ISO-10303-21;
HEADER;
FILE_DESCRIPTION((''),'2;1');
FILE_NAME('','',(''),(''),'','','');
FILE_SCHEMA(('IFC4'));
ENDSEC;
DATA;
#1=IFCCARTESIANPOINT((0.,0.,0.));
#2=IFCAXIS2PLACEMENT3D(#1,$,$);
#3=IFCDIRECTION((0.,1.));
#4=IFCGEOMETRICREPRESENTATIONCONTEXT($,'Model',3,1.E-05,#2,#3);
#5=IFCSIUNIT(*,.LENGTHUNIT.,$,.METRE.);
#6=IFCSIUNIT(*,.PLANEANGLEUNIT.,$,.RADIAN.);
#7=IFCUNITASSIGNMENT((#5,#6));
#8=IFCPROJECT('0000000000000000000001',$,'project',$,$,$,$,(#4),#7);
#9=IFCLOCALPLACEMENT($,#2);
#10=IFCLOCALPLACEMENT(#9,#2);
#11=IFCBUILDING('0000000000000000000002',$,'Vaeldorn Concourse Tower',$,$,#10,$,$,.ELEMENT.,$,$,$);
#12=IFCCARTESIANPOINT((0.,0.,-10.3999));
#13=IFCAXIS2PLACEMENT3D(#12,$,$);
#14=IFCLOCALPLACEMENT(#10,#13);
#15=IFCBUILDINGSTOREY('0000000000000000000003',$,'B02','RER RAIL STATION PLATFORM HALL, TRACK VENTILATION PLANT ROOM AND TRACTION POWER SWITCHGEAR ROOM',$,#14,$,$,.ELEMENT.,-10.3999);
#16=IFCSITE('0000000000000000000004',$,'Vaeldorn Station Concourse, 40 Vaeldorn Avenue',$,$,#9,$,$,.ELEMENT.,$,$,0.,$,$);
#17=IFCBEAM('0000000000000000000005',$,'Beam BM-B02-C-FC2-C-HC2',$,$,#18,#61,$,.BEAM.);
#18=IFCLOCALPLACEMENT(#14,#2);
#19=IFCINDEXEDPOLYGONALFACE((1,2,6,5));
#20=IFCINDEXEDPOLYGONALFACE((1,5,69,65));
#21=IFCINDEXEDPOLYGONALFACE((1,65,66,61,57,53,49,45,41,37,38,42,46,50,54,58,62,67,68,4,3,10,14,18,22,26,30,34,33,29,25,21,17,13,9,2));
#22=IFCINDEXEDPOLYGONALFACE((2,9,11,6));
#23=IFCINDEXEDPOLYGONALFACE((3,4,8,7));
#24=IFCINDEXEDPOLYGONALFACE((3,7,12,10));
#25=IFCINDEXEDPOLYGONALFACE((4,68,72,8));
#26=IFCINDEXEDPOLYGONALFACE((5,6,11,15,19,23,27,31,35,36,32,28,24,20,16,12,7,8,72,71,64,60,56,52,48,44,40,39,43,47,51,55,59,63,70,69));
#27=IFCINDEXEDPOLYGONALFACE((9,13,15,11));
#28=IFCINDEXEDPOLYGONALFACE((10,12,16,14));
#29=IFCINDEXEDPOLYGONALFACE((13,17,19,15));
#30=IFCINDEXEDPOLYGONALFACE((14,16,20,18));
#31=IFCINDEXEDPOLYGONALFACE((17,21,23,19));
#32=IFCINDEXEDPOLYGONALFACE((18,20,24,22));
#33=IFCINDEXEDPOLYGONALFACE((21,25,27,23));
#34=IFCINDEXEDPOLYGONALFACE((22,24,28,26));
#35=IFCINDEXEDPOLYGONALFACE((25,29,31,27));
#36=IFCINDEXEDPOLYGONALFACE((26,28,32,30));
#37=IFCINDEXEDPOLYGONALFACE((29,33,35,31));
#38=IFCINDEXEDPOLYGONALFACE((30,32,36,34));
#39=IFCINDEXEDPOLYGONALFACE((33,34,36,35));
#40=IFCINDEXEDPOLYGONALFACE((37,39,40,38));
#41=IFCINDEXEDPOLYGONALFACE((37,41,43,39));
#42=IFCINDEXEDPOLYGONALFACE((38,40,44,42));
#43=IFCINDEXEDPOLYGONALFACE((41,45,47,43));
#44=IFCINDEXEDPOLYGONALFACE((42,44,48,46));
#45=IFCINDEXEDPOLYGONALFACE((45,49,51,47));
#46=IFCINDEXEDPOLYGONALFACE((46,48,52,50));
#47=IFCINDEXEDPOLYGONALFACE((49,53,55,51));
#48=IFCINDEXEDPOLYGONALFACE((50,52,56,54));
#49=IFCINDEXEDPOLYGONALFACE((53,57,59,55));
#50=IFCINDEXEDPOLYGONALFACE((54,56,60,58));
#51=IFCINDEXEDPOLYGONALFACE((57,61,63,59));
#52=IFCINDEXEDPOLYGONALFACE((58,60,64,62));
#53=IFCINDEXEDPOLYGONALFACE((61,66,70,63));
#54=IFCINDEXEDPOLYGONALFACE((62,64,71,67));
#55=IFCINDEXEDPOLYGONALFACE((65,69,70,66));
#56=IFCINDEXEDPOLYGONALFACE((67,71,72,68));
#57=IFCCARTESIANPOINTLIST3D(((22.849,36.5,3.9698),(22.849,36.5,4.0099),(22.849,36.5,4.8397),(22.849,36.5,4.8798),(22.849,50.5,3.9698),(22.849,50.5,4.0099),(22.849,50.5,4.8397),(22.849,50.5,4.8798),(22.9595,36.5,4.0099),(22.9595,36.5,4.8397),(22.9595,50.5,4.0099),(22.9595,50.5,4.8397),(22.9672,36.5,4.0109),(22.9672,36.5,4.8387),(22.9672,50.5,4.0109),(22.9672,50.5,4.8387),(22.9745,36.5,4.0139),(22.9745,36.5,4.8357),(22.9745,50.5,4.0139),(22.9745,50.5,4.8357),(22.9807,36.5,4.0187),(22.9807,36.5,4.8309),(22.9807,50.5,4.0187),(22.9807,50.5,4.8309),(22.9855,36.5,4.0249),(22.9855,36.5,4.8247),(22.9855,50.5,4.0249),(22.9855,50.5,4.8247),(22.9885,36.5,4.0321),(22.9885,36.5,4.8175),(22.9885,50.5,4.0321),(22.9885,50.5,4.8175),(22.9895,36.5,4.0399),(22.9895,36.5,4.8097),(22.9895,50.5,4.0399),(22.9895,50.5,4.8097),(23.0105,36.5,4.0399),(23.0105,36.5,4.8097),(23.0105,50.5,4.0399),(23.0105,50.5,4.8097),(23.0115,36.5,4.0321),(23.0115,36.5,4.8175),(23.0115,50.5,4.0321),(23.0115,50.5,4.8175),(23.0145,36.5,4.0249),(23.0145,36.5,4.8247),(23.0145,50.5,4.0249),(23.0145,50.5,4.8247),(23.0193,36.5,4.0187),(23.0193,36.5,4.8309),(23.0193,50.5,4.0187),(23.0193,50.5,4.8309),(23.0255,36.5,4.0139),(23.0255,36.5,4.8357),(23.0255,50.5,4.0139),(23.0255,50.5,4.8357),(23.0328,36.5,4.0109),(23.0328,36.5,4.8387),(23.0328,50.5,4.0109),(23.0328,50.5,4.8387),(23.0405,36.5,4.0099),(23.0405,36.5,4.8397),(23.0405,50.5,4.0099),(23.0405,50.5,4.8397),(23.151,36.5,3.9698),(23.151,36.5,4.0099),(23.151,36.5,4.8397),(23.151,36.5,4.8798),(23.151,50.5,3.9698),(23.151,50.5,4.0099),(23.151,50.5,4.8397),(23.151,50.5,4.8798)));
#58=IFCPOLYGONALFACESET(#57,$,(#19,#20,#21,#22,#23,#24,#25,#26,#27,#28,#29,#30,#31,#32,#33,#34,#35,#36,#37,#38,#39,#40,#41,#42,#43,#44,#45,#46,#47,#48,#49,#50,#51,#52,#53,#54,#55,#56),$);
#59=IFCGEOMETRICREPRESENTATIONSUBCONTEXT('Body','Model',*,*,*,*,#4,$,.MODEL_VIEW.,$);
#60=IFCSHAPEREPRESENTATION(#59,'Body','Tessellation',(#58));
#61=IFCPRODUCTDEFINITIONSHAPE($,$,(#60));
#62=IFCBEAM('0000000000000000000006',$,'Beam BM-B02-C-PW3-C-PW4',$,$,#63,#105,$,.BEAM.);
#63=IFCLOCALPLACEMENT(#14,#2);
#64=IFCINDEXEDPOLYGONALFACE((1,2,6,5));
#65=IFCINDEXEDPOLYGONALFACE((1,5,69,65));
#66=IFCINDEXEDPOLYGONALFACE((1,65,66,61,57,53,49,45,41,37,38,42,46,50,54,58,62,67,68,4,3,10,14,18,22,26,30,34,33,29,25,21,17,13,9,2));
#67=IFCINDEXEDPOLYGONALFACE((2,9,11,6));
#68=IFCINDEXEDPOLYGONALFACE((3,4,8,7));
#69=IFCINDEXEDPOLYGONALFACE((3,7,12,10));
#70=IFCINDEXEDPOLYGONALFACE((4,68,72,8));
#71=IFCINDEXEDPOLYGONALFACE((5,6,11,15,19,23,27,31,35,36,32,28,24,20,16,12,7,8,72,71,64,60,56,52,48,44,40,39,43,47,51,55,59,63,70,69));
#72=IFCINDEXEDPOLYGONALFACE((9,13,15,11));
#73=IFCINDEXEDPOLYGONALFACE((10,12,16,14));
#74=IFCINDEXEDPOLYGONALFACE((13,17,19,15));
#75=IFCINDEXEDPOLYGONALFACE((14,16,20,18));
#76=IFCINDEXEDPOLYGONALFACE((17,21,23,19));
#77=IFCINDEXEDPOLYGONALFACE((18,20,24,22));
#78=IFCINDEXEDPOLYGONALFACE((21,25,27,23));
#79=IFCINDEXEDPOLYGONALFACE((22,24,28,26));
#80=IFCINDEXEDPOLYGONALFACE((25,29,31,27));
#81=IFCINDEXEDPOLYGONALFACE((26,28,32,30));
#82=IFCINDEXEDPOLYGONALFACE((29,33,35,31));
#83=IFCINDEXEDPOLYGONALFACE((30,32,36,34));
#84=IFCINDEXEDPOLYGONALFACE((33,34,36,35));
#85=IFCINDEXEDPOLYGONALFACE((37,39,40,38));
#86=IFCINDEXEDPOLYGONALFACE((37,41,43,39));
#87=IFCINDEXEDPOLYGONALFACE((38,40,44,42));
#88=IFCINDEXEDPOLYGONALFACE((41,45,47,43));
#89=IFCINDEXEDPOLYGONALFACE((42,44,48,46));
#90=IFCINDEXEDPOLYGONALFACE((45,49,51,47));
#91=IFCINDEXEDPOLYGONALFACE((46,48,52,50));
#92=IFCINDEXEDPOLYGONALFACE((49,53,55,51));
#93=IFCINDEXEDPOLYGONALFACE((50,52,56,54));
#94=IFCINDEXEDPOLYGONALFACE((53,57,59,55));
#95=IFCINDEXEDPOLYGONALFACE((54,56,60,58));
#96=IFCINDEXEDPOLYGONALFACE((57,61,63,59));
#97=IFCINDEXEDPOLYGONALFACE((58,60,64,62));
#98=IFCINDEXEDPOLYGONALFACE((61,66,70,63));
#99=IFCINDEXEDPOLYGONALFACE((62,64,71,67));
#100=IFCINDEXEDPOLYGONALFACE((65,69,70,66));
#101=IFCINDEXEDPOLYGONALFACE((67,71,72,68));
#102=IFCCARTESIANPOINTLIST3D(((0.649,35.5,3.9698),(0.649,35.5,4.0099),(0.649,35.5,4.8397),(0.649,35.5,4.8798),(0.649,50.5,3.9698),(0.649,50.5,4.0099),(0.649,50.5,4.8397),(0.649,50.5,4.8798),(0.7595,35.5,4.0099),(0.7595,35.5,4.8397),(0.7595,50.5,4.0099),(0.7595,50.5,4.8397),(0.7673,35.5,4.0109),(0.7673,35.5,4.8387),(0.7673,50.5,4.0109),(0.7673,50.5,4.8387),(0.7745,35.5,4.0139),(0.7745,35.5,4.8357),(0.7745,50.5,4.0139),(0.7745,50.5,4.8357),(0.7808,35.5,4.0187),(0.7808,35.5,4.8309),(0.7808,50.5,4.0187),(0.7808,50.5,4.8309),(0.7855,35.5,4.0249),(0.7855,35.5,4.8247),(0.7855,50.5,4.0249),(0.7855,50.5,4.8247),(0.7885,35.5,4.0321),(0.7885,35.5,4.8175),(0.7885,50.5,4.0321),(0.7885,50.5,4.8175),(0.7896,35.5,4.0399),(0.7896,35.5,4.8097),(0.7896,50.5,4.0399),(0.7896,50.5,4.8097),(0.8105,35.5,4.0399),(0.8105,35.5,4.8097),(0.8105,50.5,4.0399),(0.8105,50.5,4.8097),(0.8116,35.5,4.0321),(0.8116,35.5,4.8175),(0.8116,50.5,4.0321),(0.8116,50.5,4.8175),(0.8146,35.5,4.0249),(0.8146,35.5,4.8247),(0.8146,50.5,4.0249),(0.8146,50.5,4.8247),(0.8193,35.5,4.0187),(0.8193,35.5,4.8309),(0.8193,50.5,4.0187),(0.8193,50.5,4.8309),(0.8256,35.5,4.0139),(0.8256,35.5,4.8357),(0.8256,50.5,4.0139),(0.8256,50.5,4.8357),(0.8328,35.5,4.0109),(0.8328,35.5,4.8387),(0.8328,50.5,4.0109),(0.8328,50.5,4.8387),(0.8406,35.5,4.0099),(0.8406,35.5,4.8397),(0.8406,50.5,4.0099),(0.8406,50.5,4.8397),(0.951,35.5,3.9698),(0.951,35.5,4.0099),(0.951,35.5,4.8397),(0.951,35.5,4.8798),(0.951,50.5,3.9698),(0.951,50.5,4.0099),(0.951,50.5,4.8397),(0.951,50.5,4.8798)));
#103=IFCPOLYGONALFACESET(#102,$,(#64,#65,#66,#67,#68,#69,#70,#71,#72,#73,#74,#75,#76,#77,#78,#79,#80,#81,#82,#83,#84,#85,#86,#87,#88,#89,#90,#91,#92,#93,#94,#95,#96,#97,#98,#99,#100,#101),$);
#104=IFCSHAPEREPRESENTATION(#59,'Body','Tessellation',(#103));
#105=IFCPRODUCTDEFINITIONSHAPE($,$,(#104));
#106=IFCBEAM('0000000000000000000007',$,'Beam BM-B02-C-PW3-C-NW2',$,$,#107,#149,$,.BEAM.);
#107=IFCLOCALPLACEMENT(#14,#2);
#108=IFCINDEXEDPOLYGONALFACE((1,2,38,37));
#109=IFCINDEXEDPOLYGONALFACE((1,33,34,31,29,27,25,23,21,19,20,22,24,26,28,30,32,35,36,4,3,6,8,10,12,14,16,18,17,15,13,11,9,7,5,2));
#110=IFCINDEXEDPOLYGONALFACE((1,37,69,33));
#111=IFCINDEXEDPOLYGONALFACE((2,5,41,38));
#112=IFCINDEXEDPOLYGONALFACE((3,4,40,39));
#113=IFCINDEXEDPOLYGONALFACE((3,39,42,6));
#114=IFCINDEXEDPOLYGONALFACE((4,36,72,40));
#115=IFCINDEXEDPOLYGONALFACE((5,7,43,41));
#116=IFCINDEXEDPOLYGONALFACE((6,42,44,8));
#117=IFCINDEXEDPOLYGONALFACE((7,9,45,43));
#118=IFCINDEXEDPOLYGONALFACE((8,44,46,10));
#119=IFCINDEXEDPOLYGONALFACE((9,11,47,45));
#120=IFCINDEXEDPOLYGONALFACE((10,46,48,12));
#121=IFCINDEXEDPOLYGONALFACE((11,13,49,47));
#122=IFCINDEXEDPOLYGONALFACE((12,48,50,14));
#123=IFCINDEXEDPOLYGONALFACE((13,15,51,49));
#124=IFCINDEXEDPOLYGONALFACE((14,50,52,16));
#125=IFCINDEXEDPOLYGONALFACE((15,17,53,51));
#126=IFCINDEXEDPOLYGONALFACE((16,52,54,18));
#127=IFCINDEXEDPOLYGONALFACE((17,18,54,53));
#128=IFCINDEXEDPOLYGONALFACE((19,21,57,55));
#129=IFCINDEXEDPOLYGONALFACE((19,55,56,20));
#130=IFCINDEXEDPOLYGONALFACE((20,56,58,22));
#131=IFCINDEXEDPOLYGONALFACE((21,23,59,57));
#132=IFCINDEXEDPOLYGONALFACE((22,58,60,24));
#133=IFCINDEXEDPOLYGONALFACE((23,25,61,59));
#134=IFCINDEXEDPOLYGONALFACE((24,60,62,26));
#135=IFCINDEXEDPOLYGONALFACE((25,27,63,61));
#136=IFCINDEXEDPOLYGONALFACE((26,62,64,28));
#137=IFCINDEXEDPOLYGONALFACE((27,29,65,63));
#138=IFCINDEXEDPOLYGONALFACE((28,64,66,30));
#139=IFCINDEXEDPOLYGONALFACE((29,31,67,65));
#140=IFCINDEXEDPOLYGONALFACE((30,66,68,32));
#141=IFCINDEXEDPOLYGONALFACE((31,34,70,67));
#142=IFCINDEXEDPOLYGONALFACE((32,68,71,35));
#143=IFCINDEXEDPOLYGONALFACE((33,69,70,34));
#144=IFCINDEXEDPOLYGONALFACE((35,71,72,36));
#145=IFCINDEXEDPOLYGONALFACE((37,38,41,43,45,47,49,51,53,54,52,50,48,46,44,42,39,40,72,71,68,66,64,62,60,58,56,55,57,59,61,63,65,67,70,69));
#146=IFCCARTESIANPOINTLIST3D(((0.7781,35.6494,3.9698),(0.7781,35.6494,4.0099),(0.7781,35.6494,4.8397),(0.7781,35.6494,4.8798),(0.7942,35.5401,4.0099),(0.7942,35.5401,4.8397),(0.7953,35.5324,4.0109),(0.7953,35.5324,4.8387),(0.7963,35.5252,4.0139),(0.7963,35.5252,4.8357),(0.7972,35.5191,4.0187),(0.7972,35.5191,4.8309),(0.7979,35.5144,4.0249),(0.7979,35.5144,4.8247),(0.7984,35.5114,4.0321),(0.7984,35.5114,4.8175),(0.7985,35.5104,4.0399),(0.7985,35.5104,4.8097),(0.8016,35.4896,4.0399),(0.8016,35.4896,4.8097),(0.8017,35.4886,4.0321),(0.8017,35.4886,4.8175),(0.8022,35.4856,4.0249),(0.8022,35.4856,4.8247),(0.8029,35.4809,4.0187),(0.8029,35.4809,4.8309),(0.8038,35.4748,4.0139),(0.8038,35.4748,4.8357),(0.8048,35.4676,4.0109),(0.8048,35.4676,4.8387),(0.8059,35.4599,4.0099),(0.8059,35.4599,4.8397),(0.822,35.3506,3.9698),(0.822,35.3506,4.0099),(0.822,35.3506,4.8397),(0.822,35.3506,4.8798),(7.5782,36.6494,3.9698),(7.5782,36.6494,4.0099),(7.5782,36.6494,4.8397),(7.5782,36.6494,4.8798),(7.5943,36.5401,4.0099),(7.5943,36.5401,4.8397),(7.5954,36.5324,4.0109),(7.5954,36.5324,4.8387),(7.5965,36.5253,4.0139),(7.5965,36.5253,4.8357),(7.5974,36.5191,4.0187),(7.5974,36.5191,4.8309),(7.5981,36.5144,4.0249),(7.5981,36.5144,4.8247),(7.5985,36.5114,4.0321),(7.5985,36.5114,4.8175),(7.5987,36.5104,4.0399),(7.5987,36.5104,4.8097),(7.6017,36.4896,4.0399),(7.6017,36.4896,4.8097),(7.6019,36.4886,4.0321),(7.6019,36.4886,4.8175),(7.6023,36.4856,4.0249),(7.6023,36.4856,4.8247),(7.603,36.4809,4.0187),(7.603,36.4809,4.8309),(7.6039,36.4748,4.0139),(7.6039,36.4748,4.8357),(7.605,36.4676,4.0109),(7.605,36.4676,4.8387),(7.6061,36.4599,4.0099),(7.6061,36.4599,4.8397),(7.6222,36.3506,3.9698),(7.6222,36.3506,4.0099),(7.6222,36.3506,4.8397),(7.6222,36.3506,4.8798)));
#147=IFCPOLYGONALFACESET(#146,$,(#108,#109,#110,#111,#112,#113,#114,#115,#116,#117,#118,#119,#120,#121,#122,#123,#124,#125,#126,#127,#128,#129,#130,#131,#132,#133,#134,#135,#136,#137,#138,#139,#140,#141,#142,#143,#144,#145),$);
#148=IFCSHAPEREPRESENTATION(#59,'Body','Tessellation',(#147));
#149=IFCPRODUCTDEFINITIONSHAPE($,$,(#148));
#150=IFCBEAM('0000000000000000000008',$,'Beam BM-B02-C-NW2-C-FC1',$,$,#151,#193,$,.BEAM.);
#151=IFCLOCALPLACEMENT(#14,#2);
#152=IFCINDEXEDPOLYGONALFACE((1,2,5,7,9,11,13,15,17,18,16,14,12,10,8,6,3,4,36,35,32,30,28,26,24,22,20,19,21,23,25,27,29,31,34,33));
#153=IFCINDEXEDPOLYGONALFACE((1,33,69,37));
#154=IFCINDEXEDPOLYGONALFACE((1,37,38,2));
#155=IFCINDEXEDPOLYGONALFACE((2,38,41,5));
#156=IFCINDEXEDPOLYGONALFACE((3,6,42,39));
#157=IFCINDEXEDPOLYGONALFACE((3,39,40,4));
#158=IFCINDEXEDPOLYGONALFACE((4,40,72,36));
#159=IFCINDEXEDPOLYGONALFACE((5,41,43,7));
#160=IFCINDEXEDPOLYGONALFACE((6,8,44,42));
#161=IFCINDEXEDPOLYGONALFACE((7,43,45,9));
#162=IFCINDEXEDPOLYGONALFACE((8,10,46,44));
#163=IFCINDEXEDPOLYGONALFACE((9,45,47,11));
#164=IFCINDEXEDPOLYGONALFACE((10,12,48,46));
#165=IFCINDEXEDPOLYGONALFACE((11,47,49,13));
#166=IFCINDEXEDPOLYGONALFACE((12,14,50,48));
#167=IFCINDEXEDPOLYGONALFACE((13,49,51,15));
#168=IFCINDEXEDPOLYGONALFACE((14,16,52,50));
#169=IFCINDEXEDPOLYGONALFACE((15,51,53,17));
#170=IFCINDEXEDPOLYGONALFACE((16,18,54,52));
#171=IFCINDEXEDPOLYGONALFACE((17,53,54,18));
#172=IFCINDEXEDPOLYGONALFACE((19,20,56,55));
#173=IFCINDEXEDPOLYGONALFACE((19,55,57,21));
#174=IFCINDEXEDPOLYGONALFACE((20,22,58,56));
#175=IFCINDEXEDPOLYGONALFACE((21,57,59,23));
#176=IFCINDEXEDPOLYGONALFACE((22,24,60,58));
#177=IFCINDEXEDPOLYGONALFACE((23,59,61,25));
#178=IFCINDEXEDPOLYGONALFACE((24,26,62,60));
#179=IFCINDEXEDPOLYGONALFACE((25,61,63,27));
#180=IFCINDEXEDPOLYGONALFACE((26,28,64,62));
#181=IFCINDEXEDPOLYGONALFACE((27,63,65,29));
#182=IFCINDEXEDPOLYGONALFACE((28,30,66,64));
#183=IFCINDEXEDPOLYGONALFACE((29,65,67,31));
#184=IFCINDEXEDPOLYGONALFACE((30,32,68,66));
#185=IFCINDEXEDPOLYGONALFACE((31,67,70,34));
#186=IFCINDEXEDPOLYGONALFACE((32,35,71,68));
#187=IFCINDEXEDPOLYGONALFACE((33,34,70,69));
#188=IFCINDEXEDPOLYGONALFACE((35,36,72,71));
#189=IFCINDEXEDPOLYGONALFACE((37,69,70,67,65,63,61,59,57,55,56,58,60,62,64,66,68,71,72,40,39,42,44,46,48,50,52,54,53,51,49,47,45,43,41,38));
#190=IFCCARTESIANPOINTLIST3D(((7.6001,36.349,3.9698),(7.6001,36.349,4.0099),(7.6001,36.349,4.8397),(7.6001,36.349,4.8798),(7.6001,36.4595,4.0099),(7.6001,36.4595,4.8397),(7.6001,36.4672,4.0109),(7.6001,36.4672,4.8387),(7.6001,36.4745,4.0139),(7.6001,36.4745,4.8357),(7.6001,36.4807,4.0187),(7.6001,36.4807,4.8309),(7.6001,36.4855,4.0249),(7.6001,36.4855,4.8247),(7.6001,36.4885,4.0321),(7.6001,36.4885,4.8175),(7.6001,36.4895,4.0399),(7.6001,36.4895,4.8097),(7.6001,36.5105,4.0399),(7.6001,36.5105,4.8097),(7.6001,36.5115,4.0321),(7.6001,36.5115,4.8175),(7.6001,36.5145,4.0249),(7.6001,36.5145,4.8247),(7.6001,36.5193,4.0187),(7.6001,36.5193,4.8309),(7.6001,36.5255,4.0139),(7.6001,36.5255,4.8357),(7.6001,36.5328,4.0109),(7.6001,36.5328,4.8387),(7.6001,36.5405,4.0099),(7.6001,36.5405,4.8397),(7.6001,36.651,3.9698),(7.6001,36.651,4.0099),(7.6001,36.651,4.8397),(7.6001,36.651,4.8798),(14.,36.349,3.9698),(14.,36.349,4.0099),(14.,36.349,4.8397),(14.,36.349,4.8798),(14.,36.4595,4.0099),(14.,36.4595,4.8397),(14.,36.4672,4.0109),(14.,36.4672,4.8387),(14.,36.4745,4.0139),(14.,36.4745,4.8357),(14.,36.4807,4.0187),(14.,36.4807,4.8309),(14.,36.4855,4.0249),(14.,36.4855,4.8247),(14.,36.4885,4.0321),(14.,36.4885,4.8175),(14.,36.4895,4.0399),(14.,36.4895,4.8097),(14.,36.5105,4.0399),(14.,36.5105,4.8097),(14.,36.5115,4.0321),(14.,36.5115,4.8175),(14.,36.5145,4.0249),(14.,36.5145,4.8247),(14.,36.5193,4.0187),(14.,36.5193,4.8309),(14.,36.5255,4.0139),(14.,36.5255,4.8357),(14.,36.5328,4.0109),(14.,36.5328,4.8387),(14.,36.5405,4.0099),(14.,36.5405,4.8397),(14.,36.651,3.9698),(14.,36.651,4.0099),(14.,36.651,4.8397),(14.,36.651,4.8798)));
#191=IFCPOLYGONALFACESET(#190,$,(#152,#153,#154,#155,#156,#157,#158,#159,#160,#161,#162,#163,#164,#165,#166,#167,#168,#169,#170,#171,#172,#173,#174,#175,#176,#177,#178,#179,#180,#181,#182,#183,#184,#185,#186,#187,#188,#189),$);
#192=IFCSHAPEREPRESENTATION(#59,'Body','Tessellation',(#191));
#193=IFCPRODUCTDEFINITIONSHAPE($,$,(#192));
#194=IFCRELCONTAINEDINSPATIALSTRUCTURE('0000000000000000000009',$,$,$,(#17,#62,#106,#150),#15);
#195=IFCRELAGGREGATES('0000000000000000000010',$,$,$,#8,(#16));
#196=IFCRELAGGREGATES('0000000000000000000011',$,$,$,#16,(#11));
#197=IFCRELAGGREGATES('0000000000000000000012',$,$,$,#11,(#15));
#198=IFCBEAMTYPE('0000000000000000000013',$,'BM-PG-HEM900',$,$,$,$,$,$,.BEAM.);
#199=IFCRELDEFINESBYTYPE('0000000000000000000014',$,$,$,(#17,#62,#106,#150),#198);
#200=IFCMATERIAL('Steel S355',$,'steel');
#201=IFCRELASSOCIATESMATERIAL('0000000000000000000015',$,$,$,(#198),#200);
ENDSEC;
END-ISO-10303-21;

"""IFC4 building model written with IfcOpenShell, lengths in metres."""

from ifc_helpers import new_model, si_unit, direction, frame, origin, origin_2d, place, context, subcontext, project, spatial, i_section, extrude, source, transform, mapped, material, material_profile, profile_set, type_object, element, save


model = new_model("IFC4")

# Units and contexts
model_context = context("Model", 3, precision=1e-05, world=origin(), true_north=direction((0.0, 1.0)))
body_context = subcontext(model_context, "Body", "Model", "MODEL_VIEW")
ifc_project = project(units=[si_unit("LENGTHUNIT", "METRE"), si_unit("PLANEANGLEUNIT", "RADIAN")], contexts=[model_context])

# Site, building, storey
site_placement = place(None, origin())
site = spatial("IfcSite", under=ifc_project, at=site_placement, Name="Vaeldorn Station Concourse, 40 Vaeldorn Avenue", CompositionType="ELEMENT", RefElevation=0.0)
building_placement = place(site_placement, origin())
building = spatial("IfcBuilding", under=site, at=building_placement, Name="Vaeldorn Concourse Tower", CompositionType="ELEMENT")
storey_placement = place(building_placement, frame((0.0, 0.0, -10.3999)))
storey = spatial("IfcBuildingStorey", under=building, at=storey_placement, Name="B02", Description="RER RAIL STATION PLATFORM HALL, TRACK VENTILATION PLANT ROOM AND TRACTION POWER SWITCHGEAR ROOM", CompositionType="ELEMENT", Elevation=-10.3999)

# Beams
ifc_material_1 = material(Name="Steel S355", Category="steel")
ifc_material_profile_1 = material_profile(ifc_material_1, i_section(OverallWidth=0.302, OverallDepth=0.9099, WebThickness=0.021, FlangeThickness=0.04, FilletRadius=0.03, at=origin_2d()), Name="HEM 900")
ifc_profile_set_1 = profile_set([ifc_material_profile_1], Name="Steel S355")
beam_type_1 = type_object("IfcBeamType", Name="BM-PG-HEM900", PredefinedType="BEAM", material=ifc_profile_set_1)
shared_shape_1 = source(origin(), body_context, "Body", "SweptSolid", [
    extrude(i_section(OverallWidth=0.302, OverallDepth=0.9099, WebThickness=0.021, FlangeThickness=0.04, FilletRadius=0.03, at=origin_2d()), origin(), (0.0, 0.0, 1.0), 14.0),
])
for number, where, z_axis, x_axis, name in (
    (1, (23.0, 36.5, 4.4248), (0.0, 1.0, 0.0), (-1.0, 0.0, 0.0), "Beam BM-B02-C-FC2-C-HC2"),
):
    element("IfcBeam", number, at=place(storey_placement, frame(where, z_axis=z_axis, x_axis=x_axis)), inside=storey, type_object=beam_type_1, Name=name, PredefinedType="BEAM", context=body_context, shape_type="MappedRepresentation", body=[
        mapped(shared_shape_1, transform((0.0, 0.0, 0.0), scale=1.0)),
    ])
shared_shape_2 = source(origin(), body_context, "Body", "SweptSolid", [
    extrude(i_section(OverallWidth=0.302, OverallDepth=0.9099, WebThickness=0.021, FlangeThickness=0.04, FilletRadius=0.03, at=origin_2d()), origin(), (0.0, 0.0, 1.0), 15.0),
])
beam_1_placement = place(storey_placement, frame((0.8, 35.5, 4.4248), z_axis=(0.0, 1.0, 0.0), x_axis=(-1.0, 0.0, 0.0)))
element("IfcBeam", 2, at=beam_1_placement, inside=storey, type_object=beam_type_1, Name="Beam BM-B02-C-PW3-C-PW4", PredefinedType="BEAM", context=body_context, shape_type="MappedRepresentation", body=[
    mapped(shared_shape_2, transform((0.0, 0.0, 0.0), scale=1.0)),
])
shared_shape_3 = source(origin(), body_context, "Body", "SweptSolid", [
    extrude(i_section(OverallWidth=0.302, OverallDepth=0.9099, WebThickness=0.021, FlangeThickness=0.04, FilletRadius=0.03, at=origin_2d()), origin(), (0.0, 0.0, 1.0), 6.8733),
])
beam_2_placement = place(storey_placement, frame((0.8, 35.5, 4.4248), z_axis=(0.989359, 0.145493, 0.0), x_axis=(-0.145493, 0.989359, 0.0)))
element("IfcBeam", 3, at=beam_2_placement, inside=storey, type_object=beam_type_1, Name="Beam BM-B02-C-PW3-C-NW2", PredefinedType="BEAM", context=body_context, shape_type="MappedRepresentation", body=[
    mapped(shared_shape_3, transform((0.0, 0.0, 0.0), scale=1.0)),
])
shared_shape_4 = source(origin(), body_context, "Body", "SweptSolid", [
    extrude(i_section(OverallWidth=0.302, OverallDepth=0.9099, WebThickness=0.021, FlangeThickness=0.04, FilletRadius=0.03, at=origin_2d()), origin(), (0.0, 0.0, 1.0), 6.3999),
])
beam_3_placement = place(storey_placement, frame((7.6001, 36.5, 4.4248), z_axis=(1.0, 0.0, 0.0), x_axis=(0.0, 1.0, 0.0)))
element("IfcBeam", 4, at=beam_3_placement, inside=storey, type_object=beam_type_1, Name="Beam BM-B02-C-NW2-C-FC1", PredefinedType="BEAM", context=body_context, shape_type="MappedRepresentation", body=[
    mapped(shared_shape_4, transform((0.0, 0.0, 0.0), scale=1.0)),
])

save(model, "model.ifc")
